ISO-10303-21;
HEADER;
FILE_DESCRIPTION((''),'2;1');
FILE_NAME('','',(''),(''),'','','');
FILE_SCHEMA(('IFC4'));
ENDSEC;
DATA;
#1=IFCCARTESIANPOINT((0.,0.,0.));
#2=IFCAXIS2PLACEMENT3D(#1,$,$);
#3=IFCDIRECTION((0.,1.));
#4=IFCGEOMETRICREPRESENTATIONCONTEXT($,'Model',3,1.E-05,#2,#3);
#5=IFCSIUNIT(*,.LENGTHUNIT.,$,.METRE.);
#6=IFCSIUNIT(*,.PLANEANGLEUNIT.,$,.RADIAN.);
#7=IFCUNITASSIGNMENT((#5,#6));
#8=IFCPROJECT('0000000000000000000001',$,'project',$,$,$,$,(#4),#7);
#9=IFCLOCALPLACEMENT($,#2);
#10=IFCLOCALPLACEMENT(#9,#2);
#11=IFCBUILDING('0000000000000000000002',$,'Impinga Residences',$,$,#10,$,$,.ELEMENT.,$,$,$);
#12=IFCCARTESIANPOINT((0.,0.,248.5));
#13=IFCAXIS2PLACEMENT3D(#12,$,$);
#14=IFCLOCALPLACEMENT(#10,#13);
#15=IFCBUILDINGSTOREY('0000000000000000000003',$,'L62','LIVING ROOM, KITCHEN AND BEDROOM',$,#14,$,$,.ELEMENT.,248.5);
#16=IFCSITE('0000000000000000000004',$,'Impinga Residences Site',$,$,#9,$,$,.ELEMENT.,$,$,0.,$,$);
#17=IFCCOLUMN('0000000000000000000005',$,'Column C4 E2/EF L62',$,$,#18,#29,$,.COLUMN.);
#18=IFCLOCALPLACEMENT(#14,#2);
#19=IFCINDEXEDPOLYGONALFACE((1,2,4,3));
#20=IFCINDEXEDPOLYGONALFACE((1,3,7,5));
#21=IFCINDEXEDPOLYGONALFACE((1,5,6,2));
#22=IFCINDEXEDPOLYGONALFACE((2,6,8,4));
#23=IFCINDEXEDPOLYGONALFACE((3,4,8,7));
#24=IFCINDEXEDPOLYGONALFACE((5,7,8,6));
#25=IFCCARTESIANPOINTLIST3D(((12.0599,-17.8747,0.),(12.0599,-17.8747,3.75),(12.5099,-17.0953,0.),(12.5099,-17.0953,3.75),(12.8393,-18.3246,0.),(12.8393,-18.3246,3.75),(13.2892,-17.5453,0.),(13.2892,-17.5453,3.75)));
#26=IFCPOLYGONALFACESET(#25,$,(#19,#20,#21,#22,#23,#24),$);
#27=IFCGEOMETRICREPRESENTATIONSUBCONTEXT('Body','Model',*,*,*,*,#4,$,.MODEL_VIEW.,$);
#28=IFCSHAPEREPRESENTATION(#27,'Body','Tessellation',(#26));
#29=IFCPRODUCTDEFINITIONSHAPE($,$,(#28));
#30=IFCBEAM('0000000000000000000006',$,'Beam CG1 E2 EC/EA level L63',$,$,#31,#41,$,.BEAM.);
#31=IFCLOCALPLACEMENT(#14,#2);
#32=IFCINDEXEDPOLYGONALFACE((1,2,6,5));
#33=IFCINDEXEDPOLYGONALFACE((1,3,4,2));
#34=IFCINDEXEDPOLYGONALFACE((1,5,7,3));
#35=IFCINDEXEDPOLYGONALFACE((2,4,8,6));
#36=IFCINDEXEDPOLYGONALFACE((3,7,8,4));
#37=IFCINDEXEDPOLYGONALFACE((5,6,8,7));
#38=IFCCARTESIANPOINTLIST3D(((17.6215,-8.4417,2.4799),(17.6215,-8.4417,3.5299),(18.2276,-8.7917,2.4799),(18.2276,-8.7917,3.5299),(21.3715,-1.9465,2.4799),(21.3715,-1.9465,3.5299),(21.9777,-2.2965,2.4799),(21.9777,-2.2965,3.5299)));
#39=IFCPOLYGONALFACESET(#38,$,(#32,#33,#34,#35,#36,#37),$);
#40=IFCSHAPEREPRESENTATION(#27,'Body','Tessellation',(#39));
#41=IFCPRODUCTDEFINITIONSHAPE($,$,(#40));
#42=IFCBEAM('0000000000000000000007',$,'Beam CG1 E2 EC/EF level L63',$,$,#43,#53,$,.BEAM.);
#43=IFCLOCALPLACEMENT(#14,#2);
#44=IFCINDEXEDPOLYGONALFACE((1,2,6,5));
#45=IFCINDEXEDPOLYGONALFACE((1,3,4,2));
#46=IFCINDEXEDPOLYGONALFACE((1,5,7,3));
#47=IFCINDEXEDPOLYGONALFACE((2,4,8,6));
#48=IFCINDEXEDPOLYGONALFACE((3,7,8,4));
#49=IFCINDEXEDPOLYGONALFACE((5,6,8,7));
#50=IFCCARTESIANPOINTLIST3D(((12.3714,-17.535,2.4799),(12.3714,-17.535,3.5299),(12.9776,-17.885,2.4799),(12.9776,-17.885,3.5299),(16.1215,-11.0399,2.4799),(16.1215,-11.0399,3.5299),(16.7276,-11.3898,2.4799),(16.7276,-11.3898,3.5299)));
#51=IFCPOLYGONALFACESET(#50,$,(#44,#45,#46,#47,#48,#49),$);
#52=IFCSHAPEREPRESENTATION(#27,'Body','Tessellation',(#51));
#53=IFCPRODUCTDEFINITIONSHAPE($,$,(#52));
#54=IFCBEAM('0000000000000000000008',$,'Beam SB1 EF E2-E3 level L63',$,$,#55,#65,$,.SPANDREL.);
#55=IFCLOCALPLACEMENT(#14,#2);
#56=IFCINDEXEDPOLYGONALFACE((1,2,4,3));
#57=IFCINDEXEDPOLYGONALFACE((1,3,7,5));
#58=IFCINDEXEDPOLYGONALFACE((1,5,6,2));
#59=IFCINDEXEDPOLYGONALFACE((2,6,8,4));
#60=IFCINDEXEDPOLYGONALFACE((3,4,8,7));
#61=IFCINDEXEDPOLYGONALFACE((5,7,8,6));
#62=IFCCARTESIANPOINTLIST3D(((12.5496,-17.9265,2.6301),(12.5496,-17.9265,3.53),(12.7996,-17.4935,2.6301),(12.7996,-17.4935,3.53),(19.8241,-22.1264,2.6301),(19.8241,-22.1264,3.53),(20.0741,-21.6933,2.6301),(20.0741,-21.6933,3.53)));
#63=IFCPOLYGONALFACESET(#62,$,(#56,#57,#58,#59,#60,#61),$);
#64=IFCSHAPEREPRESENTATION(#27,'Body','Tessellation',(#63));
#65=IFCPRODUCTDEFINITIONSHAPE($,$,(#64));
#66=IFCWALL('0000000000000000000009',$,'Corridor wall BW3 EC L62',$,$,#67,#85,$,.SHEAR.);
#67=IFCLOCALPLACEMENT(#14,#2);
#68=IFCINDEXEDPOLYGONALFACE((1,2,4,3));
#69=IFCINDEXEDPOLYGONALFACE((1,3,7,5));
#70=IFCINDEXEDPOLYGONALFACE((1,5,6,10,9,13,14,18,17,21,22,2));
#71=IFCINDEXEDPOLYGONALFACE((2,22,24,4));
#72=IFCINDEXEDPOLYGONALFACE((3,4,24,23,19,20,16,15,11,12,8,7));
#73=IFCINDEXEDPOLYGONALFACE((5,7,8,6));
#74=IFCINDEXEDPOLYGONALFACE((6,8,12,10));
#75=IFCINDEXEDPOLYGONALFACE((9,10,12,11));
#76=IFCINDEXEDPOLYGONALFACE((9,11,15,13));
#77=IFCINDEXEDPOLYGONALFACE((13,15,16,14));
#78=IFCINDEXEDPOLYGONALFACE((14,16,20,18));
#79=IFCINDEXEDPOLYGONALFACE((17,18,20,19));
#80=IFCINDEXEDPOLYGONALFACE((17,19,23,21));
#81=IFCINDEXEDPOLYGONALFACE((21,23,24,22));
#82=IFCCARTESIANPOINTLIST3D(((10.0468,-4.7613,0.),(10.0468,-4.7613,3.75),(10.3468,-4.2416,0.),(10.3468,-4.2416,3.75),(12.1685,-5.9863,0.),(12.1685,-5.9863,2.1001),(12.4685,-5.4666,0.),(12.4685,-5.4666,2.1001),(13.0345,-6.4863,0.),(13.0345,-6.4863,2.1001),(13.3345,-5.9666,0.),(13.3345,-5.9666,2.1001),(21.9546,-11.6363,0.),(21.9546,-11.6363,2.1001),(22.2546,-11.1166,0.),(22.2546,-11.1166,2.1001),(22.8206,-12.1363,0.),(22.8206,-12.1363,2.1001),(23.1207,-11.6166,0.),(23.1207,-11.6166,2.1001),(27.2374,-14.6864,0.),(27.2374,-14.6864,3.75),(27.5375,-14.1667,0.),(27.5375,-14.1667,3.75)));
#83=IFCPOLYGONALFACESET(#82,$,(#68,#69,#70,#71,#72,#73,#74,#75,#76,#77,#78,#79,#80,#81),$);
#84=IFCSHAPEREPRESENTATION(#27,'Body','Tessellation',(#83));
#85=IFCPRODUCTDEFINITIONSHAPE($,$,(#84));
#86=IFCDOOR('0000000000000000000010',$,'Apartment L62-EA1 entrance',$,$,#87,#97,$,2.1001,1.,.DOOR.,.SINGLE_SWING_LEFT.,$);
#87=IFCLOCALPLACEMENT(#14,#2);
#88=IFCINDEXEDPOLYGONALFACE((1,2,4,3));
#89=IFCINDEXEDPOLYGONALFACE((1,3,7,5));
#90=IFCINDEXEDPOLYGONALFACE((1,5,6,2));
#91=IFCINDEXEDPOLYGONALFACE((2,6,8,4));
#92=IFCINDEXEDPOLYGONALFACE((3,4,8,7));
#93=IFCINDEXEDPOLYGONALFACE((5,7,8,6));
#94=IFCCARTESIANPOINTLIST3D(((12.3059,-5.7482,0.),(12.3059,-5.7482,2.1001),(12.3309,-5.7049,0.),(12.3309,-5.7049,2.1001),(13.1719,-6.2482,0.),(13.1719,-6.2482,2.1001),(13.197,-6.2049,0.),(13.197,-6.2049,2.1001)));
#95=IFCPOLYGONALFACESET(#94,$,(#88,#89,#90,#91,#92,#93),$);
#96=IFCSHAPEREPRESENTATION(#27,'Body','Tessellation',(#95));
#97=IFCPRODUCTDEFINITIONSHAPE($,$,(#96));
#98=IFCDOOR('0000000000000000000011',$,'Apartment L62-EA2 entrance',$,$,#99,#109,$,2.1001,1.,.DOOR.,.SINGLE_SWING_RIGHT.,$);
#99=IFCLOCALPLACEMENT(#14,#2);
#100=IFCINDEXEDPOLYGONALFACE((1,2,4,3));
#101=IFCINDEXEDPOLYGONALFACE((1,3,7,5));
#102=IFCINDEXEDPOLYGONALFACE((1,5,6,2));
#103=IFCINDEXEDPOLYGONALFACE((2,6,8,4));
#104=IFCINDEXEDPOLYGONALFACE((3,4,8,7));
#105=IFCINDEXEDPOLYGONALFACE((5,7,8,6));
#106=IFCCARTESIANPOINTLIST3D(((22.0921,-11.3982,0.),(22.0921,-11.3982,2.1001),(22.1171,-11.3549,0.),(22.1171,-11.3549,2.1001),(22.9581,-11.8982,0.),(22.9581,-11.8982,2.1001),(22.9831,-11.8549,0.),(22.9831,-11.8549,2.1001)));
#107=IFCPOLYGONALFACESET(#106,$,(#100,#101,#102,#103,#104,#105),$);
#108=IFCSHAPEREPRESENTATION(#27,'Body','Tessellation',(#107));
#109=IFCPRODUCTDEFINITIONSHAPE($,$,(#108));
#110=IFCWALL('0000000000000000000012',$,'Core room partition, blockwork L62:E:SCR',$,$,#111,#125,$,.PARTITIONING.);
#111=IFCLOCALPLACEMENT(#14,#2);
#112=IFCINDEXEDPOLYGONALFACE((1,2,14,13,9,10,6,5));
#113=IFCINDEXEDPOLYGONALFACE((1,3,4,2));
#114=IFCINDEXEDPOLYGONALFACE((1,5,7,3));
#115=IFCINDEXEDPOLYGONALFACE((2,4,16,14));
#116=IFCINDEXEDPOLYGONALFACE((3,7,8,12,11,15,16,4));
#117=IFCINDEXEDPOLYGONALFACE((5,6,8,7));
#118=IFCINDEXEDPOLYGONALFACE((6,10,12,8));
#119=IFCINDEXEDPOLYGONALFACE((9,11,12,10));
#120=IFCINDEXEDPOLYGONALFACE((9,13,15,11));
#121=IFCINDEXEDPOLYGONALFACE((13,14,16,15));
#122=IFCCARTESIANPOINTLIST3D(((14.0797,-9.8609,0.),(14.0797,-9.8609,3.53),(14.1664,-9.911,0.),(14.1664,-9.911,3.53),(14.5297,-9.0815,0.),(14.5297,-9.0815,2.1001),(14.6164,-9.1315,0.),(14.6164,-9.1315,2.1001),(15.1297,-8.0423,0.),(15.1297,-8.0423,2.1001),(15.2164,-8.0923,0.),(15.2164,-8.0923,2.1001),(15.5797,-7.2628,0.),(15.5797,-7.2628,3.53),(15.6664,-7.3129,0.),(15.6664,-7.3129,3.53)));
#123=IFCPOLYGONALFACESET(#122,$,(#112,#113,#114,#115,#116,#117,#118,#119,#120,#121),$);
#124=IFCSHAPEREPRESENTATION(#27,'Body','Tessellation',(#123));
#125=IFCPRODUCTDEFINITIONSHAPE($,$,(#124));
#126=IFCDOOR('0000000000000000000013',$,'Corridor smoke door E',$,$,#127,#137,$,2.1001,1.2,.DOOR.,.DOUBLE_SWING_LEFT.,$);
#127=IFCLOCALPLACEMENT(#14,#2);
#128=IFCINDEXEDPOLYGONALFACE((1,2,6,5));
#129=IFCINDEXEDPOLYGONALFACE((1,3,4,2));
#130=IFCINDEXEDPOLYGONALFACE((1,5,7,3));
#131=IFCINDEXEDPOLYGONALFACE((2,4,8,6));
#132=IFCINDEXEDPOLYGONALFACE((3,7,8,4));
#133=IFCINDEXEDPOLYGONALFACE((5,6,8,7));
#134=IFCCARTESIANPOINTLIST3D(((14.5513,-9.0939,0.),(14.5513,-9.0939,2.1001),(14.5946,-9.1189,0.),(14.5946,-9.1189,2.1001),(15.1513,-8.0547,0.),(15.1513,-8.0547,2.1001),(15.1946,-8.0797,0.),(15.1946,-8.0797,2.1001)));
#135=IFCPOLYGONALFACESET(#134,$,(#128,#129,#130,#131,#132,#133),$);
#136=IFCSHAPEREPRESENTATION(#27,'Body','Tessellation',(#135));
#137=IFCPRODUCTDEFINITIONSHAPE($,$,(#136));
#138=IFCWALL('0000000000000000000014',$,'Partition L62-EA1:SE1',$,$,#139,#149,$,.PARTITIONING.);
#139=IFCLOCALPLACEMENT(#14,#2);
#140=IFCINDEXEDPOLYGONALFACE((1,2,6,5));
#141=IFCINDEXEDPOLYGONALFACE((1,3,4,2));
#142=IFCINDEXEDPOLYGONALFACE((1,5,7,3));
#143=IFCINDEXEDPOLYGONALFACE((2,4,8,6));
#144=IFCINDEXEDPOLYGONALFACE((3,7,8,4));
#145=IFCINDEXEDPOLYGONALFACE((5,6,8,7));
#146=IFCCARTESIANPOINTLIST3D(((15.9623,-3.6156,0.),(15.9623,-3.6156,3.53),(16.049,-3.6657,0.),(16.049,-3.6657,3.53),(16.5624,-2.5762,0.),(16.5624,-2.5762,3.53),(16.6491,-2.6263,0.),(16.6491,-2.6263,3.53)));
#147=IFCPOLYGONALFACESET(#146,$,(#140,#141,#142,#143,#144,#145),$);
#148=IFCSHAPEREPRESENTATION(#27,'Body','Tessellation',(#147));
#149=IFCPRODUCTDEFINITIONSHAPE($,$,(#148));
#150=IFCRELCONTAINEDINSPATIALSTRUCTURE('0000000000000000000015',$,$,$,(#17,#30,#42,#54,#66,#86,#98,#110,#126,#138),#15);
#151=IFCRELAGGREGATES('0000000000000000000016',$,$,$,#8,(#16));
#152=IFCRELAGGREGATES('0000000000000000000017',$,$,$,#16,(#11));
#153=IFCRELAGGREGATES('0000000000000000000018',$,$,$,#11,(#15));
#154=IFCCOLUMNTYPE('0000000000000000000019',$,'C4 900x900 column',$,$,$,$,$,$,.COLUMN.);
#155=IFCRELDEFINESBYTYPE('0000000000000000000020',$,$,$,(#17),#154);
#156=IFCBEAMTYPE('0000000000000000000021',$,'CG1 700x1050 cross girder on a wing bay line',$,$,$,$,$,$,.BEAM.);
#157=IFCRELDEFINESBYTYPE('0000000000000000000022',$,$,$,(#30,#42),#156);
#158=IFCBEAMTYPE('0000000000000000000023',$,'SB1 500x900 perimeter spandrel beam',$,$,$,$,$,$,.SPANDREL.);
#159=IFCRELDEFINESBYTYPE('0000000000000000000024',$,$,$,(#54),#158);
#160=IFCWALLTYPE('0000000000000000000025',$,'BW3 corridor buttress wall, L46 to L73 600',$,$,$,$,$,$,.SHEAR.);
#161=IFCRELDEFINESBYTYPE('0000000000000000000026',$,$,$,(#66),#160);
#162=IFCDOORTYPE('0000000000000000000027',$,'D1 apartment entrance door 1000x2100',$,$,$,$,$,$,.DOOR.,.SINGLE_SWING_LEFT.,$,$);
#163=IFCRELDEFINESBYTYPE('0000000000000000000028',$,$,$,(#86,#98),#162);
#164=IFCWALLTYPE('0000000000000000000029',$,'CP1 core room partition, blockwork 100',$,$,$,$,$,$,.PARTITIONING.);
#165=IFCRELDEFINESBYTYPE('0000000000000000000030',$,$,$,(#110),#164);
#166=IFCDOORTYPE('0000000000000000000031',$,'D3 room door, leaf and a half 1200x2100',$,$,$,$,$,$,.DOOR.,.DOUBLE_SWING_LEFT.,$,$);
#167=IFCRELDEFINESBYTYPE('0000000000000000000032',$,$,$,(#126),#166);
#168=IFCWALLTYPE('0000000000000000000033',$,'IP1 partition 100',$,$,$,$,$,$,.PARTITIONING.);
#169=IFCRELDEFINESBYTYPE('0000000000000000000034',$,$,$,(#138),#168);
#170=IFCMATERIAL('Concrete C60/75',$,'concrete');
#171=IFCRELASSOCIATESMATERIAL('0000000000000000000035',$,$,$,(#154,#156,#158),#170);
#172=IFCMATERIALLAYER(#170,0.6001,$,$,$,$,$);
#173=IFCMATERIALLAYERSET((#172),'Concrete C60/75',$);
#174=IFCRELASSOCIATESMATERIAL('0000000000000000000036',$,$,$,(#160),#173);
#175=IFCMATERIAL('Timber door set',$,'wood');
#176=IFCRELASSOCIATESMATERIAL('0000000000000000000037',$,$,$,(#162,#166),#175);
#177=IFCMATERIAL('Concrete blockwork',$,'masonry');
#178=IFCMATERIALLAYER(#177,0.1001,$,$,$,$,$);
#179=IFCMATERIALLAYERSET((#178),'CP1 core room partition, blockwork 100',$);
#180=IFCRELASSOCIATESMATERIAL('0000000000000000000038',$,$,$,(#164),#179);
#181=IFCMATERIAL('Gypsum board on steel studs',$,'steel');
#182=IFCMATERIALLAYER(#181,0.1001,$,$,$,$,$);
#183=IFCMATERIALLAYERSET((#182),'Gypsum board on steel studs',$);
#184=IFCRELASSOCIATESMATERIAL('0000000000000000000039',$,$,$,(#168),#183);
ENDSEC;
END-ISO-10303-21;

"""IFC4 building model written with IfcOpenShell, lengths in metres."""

from ifc_helpers import new_model, si_unit, direction, frame, frame_2d, origin, origin_2d, place, context, subcontext, project, spatial, rectangle, extrude, material, layer, layer_set, material_profile, profile_set, type_object, element, fill, save


model = new_model("IFC4")

# Units and contexts
model_context = context("Model", 3, precision=1e-05, world=origin(), true_north=direction((0.0, 1.0)))
body_context = subcontext(model_context, "Body", "Model", "MODEL_VIEW")
ifc_project = project(units=[si_unit("LENGTHUNIT", "METRE"), si_unit("PLANEANGLEUNIT", "RADIAN")], contexts=[model_context])

# Site, building, storey
site_placement = place(None, origin())
site = spatial("IfcSite", under=ifc_project, at=site_placement, Name="Impinga Residences Site", CompositionType="ELEMENT", RefElevation=0.0)
building_placement = place(site_placement, origin())
building = spatial("IfcBuilding", under=site, at=building_placement, Name="Impinga Residences", CompositionType="ELEMENT")
storey_placement = place(building_placement, frame((0.0, 0.0, 248.5)))
storey = spatial("IfcBuildingStorey", under=building, at=storey_placement, Name="L62", Description="LIVING ROOM, KITCHEN AND BEDROOM", CompositionType="ELEMENT", Elevation=248.5)

# Column
ifc_material_1 = material(Name="Concrete C60/75", Category="concrete")
ifc_material_profile_1 = material_profile(ifc_material_1, rectangle(XDim=0.8999, YDim=0.8999, at=origin_2d()), Name="RC 900x900")
ifc_profile_set_1 = profile_set([ifc_material_profile_1], Name="Concrete C60/75")
column_type = type_object("IfcColumnType", Name="C4 900x900 column", PredefinedType="COLUMN", material=ifc_profile_set_1)
column_placement = place(storey_placement, frame((12.6746, -17.71, 0.0), z_axis=(0.0, 0.0, 1.0), x_axis=(-0.5, -0.866025, 0.0)))
element("IfcColumn", 1, at=column_placement, inside=storey, type_object=column_type, Name="Column C4 E2/EF L62", PredefinedType="COLUMN", context=body_context, shape_type="SweptSolid", body=[
    extrude(rectangle(XDim=0.8999, YDim=0.8999, at=origin_2d()), origin(), (0.0, 0.0, 1.0), 3.75),
])

# Beams
ifc_material_profile_2 = material_profile(ifc_material_1, rectangle(XDim=0.7, YDim=1.05, at=origin_2d()), Name="RC 700x1050")
ifc_profile_set_2 = profile_set([ifc_material_profile_2], Name="Concrete C60/75")
beam_type_1 = type_object("IfcBeamType", Name="CG1 700x1050 cross girder on a wing bay line", PredefinedType="BEAM", material=ifc_profile_set_2)
for number, where, z_axis, x_axis, name in (
    (2, (17.9246, -8.6167, 3.0049), (0.500004, 0.866023, 0.0), (-0.866023, 0.500004, 0.0), "Beam CG1 E2 EC/EA level L63"),
    (3, (16.4246, -11.2148, 3.0049), (-0.500004, -0.866023, 0.0), (0.866023, -0.500004, 0.0), "Beam CG1 E2 EC/EF level L63"),
):
    element("IfcBeam", number, at=place(storey_placement, frame(where, z_axis=z_axis, x_axis=x_axis)), inside=storey, type_object=beam_type_1, Name=name, PredefinedType="BEAM", context=body_context, shape_type="SweptSolid", body=[
        extrude(rectangle(XDim=0.7, YDim=1.05, at=origin_2d()), origin(), (0.0, 0.0, 1.0), 7.5),
    ])
ifc_material_profile_3 = material_profile(ifc_material_1, rectangle(XDim=0.5, YDim=0.8999, at=origin_2d()), Name="RC 500x900")
ifc_profile_set_3 = profile_set([ifc_material_profile_3], Name="Concrete C60/75")
beam_type_2 = type_object("IfcBeamType", Name="SB1 500x900 perimeter spandrel beam", PredefinedType="SPANDREL", material=ifc_profile_set_3)
beam_placement = place(storey_placement, frame((12.6746, -17.71, 3.0801), z_axis=(0.866029, -0.499993, 0.0), x_axis=(0.499993, 0.866029, 0.0)))
element("IfcBeam", 4, at=beam_placement, inside=storey, type_object=beam_type_2, Name="Beam SB1 EF E2-E3 level L63", PredefinedType="SPANDREL", context=body_context, shape_type="SweptSolid", body=[
    extrude(rectangle(XDim=0.5, YDim=0.8999, at=origin_2d()), origin(), (0.0, 0.0, 1.0), 8.3999),
])

# Wall, openings, doors
ifc_layer_1 = layer(ifc_material_1, 0.6001)
ifc_layer_set_1 = layer_set([ifc_layer_1], Name="Concrete C60/75")
wall_type_1 = type_object("IfcWallType", Name="BW3 corridor buttress wall, L46 to L73 600", PredefinedType="SHEAR", material=ifc_layer_set_1)
wall_1_placement = place(storey_placement, frame((10.1968, -4.5015, 0.0), z_axis=(0.0, 0.0, 1.0), x_axis=(0.866025, -0.5, 0.0)))
wall_1 = element("IfcWall", 5, at=wall_1_placement, inside=storey, type_object=wall_type_1, Name="Corridor wall BW3 EC L62", PredefinedType="SHEAR", context=body_context, shape_type="SweptSolid", body=[
    extrude(rectangle(XDim=19.8501, YDim=0.6001, at=frame_2d((9.925, 0.0))), origin(), (0.0, 0.0, 1.0), 3.75),
])
opening_1_placement = place(wall_1_placement, frame((2.45, 0.0, 0.0)))
opening_1 = element("IfcOpeningElement", 6, at=opening_1_placement, cuts=wall_1, PredefinedType="OPENING", context=body_context, shape_type="SweptSolid", body=[
    extrude(rectangle(XDim=1.0, YDim=2.1001, at=frame_2d((0.5, 1.05))), frame((0.0, 0.3101, 0.0), z_axis=(0.0, -1.0, 0.0), x_axis=(1.0, 0.0, 0.0)), (0.0, 0.0, 1.0), 0.6201),
])
opening_2_placement = place(wall_1_placement, frame((13.75, 0.0, 0.0)))
opening_2 = element("IfcOpeningElement", 7, at=opening_2_placement, cuts=wall_1, PredefinedType="OPENING", context=body_context, shape_type="SweptSolid", body=[
    extrude(rectangle(XDim=1.0, YDim=2.1001, at=frame_2d((0.5, 1.05))), frame((0.0, 0.3101, 0.0), z_axis=(0.0, -1.0, 0.0), x_axis=(1.0, 0.0, 0.0)), (0.0, 0.0, 1.0), 0.6201),
])
ifc_material_2 = material(Name="Timber door set", Category="wood")
door_type_1 = type_object("IfcDoorType", Name="D1 apartment entrance door 1000x2100", OperationType="SINGLE_SWING_LEFT", PredefinedType="DOOR", material=ifc_material_2)
door_1_placement = place(opening_1_placement, origin())
door_1 = element("IfcDoor", 8, at=door_1_placement, inside=storey, type_object=door_type_1, Name="Apartment L62-EA1 entrance", OperationType="SINGLE_SWING_LEFT", OverallHeight=2.1001, OverallWidth=1.0, PredefinedType="DOOR", context=body_context, shape_type="SweptSolid", body=[
    extrude(rectangle(XDim=1.0, YDim=2.1001, at=frame_2d((0.5, 1.05))), frame((0.0, 0.0249, 0.0), z_axis=(0.0, -1.0, 0.0), x_axis=(1.0, 0.0, 0.0)), (0.0, 0.0, 1.0), 0.05),
])
fill(opening_1, door_1)
door_2_placement = place(opening_2_placement, origin())
door_2 = element("IfcDoor", 9, at=door_2_placement, inside=storey, type_object=door_type_1, Name="Apartment L62-EA2 entrance", OperationType="SINGLE_SWING_RIGHT", OverallHeight=2.1001, OverallWidth=1.0, PredefinedType="DOOR", context=body_context, shape_type="SweptSolid", body=[
    extrude(rectangle(XDim=1.0, YDim=2.1001, at=frame_2d((0.5, 1.05))), frame((0.0, 0.0249, 0.0), z_axis=(0.0, -1.0, 0.0), x_axis=(1.0, 0.0, 0.0)), (0.0, 0.0, 1.0), 0.05),
])
fill(opening_2, door_2)

# Wall, opening, door
ifc_material_3 = material(Name="Concrete blockwork", Category="masonry")
ifc_layer_2 = layer(ifc_material_3, 0.1001)
ifc_layer_set_2 = layer_set([ifc_layer_2], Name="CP1 core room partition, blockwork 100")
wall_type_2 = type_object("IfcWallType", Name="CP1 core room partition, blockwork 100", PredefinedType="PARTITIONING", material=ifc_layer_set_2)
wall_2_placement = place(storey_placement, frame((15.623, -7.2878, 0.0), z_axis=(0.0, 0.0, 1.0), x_axis=(-0.49999, -0.866031, 0.0)))
wall_2 = element("IfcWall", 10, at=wall_2_placement, inside=storey, type_object=wall_type_2, Name="Core room partition, blockwork L62:E:SCR", PredefinedType="PARTITIONING", context=body_context, shape_type="SweptSolid", body=[
    extrude(rectangle(XDim=3.0, YDim=0.1001, at=frame_2d((1.5, 0.0))), origin(), (0.0, 0.0, 1.0), 3.53),
])
opening_3_placement = place(wall_2_placement, frame((0.8999, 0.0, 0.0)))
opening_3 = element("IfcOpeningElement", 11, at=opening_3_placement, cuts=wall_2, PredefinedType="OPENING", context=body_context, shape_type="SweptSolid", body=[
    extrude(rectangle(XDim=1.2, YDim=2.1001, at=frame_2d((0.6001, 1.05))), frame((0.0, 0.0601, 0.0), z_axis=(0.0, -1.0, 0.0), x_axis=(1.0, 0.0, 0.0)), (0.0, 0.0, 1.0), 0.1201),
])
door_type_2 = type_object("IfcDoorType", Name="D3 room door, leaf and a half 1200x2100", OperationType="DOUBLE_SWING_LEFT", PredefinedType="DOOR", material=ifc_material_2)
door_3_placement = place(opening_3_placement, origin())
door_3 = element("IfcDoor", 12, at=door_3_placement, inside=storey, type_object=door_type_2, Name="Corridor smoke door E", OperationType="DOUBLE_SWING_LEFT", OverallHeight=2.1001, OverallWidth=1.2, PredefinedType="DOOR", context=body_context, shape_type="SweptSolid", body=[
    extrude(rectangle(XDim=1.2, YDim=2.1001, at=frame_2d((0.6001, 1.05))), frame((0.0, 0.0249, 0.0), z_axis=(0.0, -1.0, 0.0), x_axis=(1.0, 0.0, 0.0)), (0.0, 0.0, 1.0), 0.05),
])
fill(opening_3, door_3)

# Wall
ifc_material_4 = material(Name="Gypsum board on steel studs", Category="steel")
ifc_layer_3 = layer(ifc_material_4, 0.1001)
ifc_layer_set_3 = layer_set([ifc_layer_3], Name="Gypsum board on steel studs")
wall_type_3 = type_object("IfcWallType", Name="IP1 partition 100", PredefinedType="PARTITIONING", material=ifc_layer_set_3)
wall_3_placement = place(storey_placement, frame((16.0056, -3.6406, 0.0), z_axis=(0.0, 0.0, 1.0), x_axis=(0.500034, 0.866006, 0.0)))
element("IfcWall", 13, at=wall_3_placement, inside=storey, type_object=wall_type_3, Name="Partition L62-EA1:SE1", PredefinedType="PARTITIONING", context=body_context, shape_type="SweptSolid", body=[
    extrude(rectangle(XDim=1.2002, YDim=0.1001, at=frame_2d((0.6001, 0.0))), origin(), (0.0, 0.0, 1.0), 3.53),
])

save(model, "model.ifc")
